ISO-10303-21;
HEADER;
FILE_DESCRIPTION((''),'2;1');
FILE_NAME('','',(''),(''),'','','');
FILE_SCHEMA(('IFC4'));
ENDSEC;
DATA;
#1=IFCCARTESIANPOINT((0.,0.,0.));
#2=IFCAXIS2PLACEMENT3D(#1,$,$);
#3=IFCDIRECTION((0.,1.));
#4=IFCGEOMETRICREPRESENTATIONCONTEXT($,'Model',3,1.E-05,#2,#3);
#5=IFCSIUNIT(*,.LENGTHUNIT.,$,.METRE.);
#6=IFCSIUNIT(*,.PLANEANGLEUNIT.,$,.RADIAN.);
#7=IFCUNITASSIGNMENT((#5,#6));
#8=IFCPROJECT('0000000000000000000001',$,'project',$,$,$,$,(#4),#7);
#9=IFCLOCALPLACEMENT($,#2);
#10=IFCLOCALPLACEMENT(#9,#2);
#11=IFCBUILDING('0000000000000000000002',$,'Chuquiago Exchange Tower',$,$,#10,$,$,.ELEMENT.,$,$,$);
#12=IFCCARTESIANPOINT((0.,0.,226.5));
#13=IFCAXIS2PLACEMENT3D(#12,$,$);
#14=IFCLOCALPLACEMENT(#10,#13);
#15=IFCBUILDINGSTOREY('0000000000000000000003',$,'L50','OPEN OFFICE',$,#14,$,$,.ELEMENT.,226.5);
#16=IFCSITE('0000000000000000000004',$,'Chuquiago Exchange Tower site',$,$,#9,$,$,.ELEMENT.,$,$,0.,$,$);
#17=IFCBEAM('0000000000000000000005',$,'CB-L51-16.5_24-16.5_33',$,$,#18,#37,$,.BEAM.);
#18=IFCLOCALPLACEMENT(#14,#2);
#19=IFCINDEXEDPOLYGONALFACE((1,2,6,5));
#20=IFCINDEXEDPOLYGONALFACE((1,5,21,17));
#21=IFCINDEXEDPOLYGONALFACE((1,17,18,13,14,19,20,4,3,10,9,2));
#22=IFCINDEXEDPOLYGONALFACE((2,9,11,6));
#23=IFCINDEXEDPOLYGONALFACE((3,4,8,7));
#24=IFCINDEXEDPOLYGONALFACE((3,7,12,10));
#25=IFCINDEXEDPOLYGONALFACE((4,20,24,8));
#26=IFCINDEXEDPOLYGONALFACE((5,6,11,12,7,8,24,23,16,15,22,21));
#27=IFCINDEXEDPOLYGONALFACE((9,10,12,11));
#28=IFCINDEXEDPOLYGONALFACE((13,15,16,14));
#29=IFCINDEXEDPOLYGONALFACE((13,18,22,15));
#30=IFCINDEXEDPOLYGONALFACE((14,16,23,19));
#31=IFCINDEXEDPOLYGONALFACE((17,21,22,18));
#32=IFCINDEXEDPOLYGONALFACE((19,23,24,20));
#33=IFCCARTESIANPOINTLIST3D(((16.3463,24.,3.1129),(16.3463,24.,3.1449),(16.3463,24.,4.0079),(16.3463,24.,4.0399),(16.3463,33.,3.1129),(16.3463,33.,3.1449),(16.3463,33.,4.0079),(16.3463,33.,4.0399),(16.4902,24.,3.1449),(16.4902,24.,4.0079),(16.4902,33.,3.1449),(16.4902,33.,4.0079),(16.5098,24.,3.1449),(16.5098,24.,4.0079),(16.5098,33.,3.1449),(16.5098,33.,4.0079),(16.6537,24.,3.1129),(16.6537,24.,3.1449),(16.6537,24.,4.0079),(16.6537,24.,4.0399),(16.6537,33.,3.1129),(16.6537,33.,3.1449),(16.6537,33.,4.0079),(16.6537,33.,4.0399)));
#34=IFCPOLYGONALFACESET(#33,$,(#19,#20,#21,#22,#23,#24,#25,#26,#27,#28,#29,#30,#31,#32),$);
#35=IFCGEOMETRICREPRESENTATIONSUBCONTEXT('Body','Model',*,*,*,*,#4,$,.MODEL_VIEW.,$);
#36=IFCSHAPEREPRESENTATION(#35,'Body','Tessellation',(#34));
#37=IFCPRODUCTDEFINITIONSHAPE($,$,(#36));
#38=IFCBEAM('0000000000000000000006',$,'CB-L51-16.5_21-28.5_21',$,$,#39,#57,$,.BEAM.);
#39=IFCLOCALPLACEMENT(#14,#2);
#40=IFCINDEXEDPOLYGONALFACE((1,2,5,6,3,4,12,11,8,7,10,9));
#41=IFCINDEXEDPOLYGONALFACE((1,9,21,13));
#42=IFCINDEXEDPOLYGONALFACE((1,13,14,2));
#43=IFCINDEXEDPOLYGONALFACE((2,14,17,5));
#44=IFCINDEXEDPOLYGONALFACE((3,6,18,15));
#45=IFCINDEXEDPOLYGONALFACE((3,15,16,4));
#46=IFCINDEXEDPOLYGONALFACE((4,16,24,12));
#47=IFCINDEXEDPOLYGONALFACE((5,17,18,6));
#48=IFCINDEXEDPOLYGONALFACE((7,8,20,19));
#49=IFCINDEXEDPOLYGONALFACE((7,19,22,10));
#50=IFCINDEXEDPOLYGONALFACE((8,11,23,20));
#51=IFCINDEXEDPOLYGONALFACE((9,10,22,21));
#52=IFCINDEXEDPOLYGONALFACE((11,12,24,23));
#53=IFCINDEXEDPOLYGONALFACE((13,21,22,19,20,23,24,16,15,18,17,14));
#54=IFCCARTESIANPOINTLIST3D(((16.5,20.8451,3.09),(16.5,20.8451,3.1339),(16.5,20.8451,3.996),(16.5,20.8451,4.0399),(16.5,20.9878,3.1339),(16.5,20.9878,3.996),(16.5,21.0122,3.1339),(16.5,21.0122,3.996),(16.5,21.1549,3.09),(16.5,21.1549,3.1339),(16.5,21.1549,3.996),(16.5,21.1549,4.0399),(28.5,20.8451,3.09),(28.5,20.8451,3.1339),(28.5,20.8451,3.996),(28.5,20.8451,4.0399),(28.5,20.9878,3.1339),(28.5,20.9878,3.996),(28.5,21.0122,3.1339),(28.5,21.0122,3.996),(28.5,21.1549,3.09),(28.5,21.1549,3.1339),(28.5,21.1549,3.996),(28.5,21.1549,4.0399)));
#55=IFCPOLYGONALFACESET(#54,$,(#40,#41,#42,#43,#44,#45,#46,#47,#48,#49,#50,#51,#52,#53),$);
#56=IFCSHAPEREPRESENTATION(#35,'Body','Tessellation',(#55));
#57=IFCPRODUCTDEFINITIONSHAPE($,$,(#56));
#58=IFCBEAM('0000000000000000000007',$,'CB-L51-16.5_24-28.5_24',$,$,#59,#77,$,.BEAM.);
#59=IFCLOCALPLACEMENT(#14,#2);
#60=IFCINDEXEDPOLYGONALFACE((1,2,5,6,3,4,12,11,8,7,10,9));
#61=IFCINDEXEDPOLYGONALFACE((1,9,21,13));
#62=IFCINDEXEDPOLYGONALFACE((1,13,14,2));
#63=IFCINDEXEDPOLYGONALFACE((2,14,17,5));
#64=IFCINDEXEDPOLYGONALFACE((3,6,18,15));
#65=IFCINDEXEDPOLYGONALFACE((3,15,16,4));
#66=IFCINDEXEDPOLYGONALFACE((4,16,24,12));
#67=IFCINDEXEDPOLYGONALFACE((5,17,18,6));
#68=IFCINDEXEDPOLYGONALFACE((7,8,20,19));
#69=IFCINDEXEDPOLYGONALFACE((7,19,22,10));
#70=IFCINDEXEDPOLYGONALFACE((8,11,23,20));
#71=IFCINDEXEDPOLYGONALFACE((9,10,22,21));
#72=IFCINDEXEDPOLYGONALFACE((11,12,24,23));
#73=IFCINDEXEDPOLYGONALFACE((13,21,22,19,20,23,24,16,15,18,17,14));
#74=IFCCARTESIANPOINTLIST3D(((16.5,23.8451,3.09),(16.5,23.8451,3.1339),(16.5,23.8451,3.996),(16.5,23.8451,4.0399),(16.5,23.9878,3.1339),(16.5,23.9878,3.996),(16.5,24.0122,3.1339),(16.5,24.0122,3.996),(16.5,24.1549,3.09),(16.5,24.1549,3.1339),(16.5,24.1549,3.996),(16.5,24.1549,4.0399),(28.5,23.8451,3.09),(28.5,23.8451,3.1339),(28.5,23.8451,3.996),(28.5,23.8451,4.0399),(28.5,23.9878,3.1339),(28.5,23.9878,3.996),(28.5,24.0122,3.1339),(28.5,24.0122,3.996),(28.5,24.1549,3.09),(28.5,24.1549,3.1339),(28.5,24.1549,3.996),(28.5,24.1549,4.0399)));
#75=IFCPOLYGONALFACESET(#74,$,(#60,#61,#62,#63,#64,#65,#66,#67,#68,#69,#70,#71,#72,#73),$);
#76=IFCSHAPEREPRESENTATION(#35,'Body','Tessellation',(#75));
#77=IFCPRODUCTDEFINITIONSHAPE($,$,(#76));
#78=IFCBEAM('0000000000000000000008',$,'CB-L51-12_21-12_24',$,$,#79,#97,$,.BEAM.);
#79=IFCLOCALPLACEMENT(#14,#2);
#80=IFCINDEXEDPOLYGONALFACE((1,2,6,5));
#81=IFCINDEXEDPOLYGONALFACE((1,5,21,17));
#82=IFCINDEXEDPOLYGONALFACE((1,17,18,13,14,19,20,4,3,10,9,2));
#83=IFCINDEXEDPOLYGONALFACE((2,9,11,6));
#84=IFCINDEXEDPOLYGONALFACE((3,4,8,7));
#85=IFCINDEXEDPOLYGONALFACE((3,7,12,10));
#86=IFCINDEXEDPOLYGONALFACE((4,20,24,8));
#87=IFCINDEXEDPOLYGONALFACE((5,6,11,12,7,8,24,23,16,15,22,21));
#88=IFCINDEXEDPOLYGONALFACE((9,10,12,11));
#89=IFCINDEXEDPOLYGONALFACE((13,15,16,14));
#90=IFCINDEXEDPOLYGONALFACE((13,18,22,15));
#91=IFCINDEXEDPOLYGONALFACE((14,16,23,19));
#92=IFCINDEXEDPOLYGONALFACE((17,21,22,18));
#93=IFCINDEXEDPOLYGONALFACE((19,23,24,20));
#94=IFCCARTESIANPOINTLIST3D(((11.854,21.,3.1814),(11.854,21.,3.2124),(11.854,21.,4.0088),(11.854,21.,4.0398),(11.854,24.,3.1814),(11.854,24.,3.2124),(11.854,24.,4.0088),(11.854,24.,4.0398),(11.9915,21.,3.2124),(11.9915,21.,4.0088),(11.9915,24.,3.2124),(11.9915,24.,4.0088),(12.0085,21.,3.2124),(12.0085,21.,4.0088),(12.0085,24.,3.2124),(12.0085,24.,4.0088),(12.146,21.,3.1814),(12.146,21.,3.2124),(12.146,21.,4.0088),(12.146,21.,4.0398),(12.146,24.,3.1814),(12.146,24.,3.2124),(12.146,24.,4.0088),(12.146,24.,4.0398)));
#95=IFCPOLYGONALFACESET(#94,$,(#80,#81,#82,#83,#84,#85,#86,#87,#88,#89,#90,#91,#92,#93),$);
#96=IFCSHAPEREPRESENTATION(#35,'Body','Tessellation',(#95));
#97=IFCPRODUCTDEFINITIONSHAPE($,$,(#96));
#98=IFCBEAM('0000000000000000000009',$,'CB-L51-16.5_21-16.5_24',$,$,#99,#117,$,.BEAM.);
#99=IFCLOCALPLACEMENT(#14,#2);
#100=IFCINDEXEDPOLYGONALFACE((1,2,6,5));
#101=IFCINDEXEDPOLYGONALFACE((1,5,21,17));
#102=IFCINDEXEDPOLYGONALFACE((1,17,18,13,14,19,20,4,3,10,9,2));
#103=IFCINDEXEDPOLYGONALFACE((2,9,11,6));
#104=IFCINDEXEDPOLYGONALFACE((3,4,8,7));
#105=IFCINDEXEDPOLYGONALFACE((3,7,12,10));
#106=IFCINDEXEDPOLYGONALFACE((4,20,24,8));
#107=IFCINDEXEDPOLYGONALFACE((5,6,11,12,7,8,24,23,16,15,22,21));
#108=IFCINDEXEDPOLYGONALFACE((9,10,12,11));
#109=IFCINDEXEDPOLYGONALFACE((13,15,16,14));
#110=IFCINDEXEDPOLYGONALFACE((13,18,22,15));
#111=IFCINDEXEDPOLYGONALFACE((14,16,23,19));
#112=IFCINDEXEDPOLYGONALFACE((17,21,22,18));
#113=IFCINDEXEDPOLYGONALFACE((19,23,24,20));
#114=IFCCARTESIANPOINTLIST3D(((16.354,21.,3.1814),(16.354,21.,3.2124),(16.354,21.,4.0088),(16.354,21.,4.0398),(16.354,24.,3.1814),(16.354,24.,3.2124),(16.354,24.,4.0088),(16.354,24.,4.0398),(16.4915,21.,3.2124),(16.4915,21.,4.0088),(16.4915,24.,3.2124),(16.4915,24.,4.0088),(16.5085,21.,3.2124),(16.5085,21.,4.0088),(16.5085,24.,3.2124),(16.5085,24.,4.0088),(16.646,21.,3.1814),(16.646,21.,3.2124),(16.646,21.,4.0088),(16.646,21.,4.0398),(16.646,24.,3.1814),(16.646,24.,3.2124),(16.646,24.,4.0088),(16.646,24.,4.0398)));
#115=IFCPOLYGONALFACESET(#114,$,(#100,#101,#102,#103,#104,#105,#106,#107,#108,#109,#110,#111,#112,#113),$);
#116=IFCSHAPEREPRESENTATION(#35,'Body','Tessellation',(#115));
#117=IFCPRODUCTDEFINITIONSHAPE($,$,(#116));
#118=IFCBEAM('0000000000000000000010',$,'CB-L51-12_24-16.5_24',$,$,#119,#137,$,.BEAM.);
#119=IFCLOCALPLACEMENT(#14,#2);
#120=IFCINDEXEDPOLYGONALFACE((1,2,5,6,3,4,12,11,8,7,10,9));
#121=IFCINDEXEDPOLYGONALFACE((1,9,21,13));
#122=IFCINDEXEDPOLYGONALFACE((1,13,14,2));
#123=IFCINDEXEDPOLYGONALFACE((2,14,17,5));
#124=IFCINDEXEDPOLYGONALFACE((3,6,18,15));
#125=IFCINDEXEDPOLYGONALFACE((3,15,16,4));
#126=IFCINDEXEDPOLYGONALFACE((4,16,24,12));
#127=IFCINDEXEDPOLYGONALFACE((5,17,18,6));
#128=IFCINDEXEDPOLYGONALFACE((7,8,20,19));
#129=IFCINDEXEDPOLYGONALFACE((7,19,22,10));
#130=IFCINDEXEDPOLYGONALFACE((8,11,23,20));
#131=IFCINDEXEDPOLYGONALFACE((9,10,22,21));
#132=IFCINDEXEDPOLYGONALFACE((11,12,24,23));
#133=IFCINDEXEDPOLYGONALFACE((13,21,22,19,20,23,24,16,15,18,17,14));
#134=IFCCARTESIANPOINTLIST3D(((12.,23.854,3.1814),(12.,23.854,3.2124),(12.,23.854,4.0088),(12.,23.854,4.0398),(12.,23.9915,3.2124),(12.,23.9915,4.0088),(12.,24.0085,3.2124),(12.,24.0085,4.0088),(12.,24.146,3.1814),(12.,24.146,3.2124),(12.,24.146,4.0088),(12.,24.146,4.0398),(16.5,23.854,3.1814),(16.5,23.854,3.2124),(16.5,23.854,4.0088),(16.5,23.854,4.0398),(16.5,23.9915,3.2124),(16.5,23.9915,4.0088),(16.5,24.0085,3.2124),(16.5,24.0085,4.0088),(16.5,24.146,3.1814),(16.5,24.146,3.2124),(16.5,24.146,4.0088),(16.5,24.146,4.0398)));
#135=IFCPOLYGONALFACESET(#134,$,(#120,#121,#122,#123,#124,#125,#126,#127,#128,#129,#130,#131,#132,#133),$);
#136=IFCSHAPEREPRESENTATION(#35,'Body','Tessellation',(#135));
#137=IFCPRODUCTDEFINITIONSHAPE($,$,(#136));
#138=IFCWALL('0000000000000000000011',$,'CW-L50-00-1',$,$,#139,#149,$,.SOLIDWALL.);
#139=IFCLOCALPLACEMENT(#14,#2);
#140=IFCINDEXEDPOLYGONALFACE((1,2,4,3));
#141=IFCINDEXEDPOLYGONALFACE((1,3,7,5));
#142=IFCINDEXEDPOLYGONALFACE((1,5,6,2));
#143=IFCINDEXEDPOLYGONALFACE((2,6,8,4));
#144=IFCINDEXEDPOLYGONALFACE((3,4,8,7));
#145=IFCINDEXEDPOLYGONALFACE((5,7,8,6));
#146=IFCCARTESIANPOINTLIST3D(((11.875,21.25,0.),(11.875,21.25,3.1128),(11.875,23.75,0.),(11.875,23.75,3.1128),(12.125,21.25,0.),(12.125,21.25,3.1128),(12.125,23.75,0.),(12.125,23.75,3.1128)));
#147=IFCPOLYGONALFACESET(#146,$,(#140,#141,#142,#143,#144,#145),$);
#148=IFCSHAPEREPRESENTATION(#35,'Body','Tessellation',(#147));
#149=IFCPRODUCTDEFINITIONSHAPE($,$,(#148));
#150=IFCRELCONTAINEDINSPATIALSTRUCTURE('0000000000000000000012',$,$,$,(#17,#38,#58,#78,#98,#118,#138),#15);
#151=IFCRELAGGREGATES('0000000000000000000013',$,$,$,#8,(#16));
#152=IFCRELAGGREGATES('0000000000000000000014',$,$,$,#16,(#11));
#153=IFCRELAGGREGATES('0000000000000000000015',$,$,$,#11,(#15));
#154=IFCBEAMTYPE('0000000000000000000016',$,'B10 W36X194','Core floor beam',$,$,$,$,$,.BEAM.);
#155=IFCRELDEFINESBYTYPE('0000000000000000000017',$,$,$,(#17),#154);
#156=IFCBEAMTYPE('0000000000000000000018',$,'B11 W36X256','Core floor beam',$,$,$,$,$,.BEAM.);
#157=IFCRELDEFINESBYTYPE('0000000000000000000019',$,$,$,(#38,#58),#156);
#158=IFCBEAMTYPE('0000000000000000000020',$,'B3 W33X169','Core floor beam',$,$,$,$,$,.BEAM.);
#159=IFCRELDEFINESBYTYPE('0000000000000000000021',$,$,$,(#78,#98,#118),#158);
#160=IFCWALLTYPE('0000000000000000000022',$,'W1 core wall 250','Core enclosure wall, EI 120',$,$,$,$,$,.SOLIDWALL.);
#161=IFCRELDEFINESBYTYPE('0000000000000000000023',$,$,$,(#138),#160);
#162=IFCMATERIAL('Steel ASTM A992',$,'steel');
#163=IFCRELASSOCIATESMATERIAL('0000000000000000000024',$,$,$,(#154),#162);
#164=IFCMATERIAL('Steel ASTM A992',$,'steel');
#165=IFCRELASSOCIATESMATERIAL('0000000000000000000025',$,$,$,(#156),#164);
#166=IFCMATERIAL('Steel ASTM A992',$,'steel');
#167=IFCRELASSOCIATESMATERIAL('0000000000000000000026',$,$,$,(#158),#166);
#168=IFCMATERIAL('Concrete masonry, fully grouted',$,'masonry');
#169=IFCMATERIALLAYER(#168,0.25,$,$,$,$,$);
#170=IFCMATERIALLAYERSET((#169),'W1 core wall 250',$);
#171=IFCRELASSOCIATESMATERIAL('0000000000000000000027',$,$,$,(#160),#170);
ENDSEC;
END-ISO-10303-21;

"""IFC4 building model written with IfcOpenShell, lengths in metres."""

from ifc_helpers import new_model, si_unit, direction, frame, frame_2d, origin, origin_2d, place, context, subcontext, project, spatial, rectangle, i_section, extrude, material, layer, layer_set, material_profile, profile_set, type_object, element, save


model = new_model("IFC4")

# Units and contexts
model_context = context("Model", 3, precision=1e-05, world=origin(), true_north=direction((0.0, 1.0)))
body_context = subcontext(model_context, "Body", "Model", "MODEL_VIEW")
ifc_project = project(units=[si_unit("LENGTHUNIT", "METRE"), si_unit("PLANEANGLEUNIT", "RADIAN")], contexts=[model_context])

# Site, building, storey
site_placement = place(None, origin())
site = spatial("IfcSite", under=ifc_project, at=site_placement, Name="Chuquiago Exchange Tower site", CompositionType="ELEMENT", RefElevation=0.0)
building_placement = place(site_placement, origin())
building = spatial("IfcBuilding", under=site, at=building_placement, Name="Chuquiago Exchange Tower", CompositionType="ELEMENT")
storey_placement = place(building_placement, frame((0.0, 0.0, 226.5)))
storey = spatial("IfcBuildingStorey", under=building, at=storey_placement, Name="L50", Description="OPEN OFFICE", CompositionType="ELEMENT", Elevation=226.5)

# Beams
ifc_material_1 = material(Name="Steel ASTM A992", Category="steel")
ifc_material_profile_1 = material_profile(ifc_material_1, i_section(OverallWidth=0.3074, OverallDepth=0.927, WebThickness=0.0195, FlangeThickness=0.032, at=origin_2d()), Name="W36X194")
ifc_profile_set_1 = profile_set([ifc_material_profile_1], Name="Steel ASTM A992")
beam_type_1 = type_object("IfcBeamType", Name="B10 W36X194", Description="Core floor beam", PredefinedType="BEAM", material=ifc_profile_set_1)
for number, where, z_axis, x_axis, name in (
    (1, (16.5, 24.0, 3.5764), (0.0, 1.0, 0.0), (-1.0, 0.0, 0.0), "CB-L51-16.5_24-16.5_33"),
):
    element("IfcBeam", number, at=place(storey_placement, frame(where, z_axis=z_axis, x_axis=x_axis)), inside=storey, type_object=beam_type_1, Name=name, PredefinedType="BEAM", context=body_context, shape_type="SweptSolid", body=[
        extrude(i_section(OverallWidth=0.3074, OverallDepth=0.927, WebThickness=0.0195, FlangeThickness=0.032, at=origin_2d()), origin(), (0.0, 0.0, 1.0), 9.0),
    ])
ifc_material_2 = material(Name="Steel ASTM A992", Category="steel")
ifc_material_profile_2 = material_profile(ifc_material_2, i_section(OverallWidth=0.3098, OverallDepth=0.95, WebThickness=0.0244, FlangeThickness=0.0439, at=origin_2d()), Name="W36X256")
ifc_profile_set_2 = profile_set([ifc_material_profile_2], Name="Steel ASTM A992")
beam_type_2 = type_object("IfcBeamType", Name="B11 W36X256", Description="Core floor beam", PredefinedType="BEAM", material=ifc_profile_set_2)
for number, where, z_axis, x_axis, name in (
    (2, (16.5, 21.0, 3.5649), (1.0, 0.0, 0.0), (0.0, 1.0, 0.0), "CB-L51-16.5_21-28.5_21"),
    (3, (16.5, 24.0, 3.5649), (1.0, 0.0, 0.0), (0.0, 1.0, 0.0), "CB-L51-16.5_24-28.5_24"),
):
    element("IfcBeam", number, at=place(storey_placement, frame(where, z_axis=z_axis, x_axis=x_axis)), inside=storey, type_object=beam_type_2, Name=name, PredefinedType="BEAM", context=body_context, shape_type="SweptSolid", body=[
        extrude(i_section(OverallWidth=0.3098, OverallDepth=0.95, WebThickness=0.0244, FlangeThickness=0.0439, at=origin_2d()), origin(), (0.0, 0.0, 1.0), 12.0),
    ])
ifc_material_3 = material(Name="Steel ASTM A992", Category="steel")
ifc_material_profile_3 = material_profile(ifc_material_3, i_section(OverallWidth=0.292, OverallDepth=0.8584, WebThickness=0.0171, FlangeThickness=0.031, at=origin_2d()), Name="W33X169")
ifc_profile_set_3 = profile_set([ifc_material_profile_3], Name="Steel ASTM A992")
beam_type_3 = type_object("IfcBeamType", Name="B3 W33X169", Description="Core floor beam", PredefinedType="BEAM", material=ifc_profile_set_3)
for number, where, z_axis, x_axis, name in (
    (4, (12.0, 21.0, 3.6106), (0.0, 1.0, 0.0), (-1.0, 0.0, 0.0), "CB-L51-12_21-12_24"),
    (5, (16.5, 21.0, 3.6106), (0.0, 1.0, 0.0), (-1.0, 0.0, 0.0), "CB-L51-16.5_21-16.5_24"),
):
    element("IfcBeam", number, at=place(storey_placement, frame(where, z_axis=z_axis, x_axis=x_axis)), inside=storey, type_object=beam_type_3, Name=name, PredefinedType="BEAM", context=body_context, shape_type="SweptSolid", body=[
        extrude(i_section(OverallWidth=0.292, OverallDepth=0.8584, WebThickness=0.0171, FlangeThickness=0.031, at=origin_2d()), origin(), (0.0, 0.0, 1.0), 3.0),
    ])
beam_placement = place(storey_placement, frame((12.0, 24.0, 3.6106), z_axis=(1.0, 0.0, 0.0), x_axis=(0.0, 1.0, 0.0)))
element("IfcBeam", 6, at=beam_placement, inside=storey, type_object=beam_type_3, Name="CB-L51-12_24-16.5_24", PredefinedType="BEAM", context=body_context, shape_type="SweptSolid", body=[
    extrude(i_section(OverallWidth=0.292, OverallDepth=0.8584, WebThickness=0.0171, FlangeThickness=0.031, at=origin_2d()), origin(), (0.0, 0.0, 1.0), 4.5),
])

# Wall
ifc_material_4 = material(Name="Concrete masonry, fully grouted", Category="masonry")
ifc_layer_1 = layer(ifc_material_4, 0.25)
ifc_layer_set_1 = layer_set([ifc_layer_1], Name="W1 core wall 250")
wall_type_1 = type_object("IfcWallType", Name="W1 core wall 250", Description="Core enclosure wall, EI 120", PredefinedType="SOLIDWALL", material=ifc_layer_set_1)
wall_1_placement = place(storey_placement, frame((12.0, 21.25, 0.0), z_axis=(0.0, 0.0, 1.0), x_axis=(0.0, 1.0, 0.0)))
element("IfcWall", 7, at=wall_1_placement, inside=storey, type_object=wall_type_1, Name="CW-L50-00-1", PredefinedType="SOLIDWALL", context=body_context, shape_type="SweptSolid", body=[
    extrude(rectangle(XDim=2.5, YDim=0.25, at=frame_2d((1.25, 0.0))), origin(), (0.0, 0.0, 1.0), 3.1128),
])

save(model, "model.ifc")
